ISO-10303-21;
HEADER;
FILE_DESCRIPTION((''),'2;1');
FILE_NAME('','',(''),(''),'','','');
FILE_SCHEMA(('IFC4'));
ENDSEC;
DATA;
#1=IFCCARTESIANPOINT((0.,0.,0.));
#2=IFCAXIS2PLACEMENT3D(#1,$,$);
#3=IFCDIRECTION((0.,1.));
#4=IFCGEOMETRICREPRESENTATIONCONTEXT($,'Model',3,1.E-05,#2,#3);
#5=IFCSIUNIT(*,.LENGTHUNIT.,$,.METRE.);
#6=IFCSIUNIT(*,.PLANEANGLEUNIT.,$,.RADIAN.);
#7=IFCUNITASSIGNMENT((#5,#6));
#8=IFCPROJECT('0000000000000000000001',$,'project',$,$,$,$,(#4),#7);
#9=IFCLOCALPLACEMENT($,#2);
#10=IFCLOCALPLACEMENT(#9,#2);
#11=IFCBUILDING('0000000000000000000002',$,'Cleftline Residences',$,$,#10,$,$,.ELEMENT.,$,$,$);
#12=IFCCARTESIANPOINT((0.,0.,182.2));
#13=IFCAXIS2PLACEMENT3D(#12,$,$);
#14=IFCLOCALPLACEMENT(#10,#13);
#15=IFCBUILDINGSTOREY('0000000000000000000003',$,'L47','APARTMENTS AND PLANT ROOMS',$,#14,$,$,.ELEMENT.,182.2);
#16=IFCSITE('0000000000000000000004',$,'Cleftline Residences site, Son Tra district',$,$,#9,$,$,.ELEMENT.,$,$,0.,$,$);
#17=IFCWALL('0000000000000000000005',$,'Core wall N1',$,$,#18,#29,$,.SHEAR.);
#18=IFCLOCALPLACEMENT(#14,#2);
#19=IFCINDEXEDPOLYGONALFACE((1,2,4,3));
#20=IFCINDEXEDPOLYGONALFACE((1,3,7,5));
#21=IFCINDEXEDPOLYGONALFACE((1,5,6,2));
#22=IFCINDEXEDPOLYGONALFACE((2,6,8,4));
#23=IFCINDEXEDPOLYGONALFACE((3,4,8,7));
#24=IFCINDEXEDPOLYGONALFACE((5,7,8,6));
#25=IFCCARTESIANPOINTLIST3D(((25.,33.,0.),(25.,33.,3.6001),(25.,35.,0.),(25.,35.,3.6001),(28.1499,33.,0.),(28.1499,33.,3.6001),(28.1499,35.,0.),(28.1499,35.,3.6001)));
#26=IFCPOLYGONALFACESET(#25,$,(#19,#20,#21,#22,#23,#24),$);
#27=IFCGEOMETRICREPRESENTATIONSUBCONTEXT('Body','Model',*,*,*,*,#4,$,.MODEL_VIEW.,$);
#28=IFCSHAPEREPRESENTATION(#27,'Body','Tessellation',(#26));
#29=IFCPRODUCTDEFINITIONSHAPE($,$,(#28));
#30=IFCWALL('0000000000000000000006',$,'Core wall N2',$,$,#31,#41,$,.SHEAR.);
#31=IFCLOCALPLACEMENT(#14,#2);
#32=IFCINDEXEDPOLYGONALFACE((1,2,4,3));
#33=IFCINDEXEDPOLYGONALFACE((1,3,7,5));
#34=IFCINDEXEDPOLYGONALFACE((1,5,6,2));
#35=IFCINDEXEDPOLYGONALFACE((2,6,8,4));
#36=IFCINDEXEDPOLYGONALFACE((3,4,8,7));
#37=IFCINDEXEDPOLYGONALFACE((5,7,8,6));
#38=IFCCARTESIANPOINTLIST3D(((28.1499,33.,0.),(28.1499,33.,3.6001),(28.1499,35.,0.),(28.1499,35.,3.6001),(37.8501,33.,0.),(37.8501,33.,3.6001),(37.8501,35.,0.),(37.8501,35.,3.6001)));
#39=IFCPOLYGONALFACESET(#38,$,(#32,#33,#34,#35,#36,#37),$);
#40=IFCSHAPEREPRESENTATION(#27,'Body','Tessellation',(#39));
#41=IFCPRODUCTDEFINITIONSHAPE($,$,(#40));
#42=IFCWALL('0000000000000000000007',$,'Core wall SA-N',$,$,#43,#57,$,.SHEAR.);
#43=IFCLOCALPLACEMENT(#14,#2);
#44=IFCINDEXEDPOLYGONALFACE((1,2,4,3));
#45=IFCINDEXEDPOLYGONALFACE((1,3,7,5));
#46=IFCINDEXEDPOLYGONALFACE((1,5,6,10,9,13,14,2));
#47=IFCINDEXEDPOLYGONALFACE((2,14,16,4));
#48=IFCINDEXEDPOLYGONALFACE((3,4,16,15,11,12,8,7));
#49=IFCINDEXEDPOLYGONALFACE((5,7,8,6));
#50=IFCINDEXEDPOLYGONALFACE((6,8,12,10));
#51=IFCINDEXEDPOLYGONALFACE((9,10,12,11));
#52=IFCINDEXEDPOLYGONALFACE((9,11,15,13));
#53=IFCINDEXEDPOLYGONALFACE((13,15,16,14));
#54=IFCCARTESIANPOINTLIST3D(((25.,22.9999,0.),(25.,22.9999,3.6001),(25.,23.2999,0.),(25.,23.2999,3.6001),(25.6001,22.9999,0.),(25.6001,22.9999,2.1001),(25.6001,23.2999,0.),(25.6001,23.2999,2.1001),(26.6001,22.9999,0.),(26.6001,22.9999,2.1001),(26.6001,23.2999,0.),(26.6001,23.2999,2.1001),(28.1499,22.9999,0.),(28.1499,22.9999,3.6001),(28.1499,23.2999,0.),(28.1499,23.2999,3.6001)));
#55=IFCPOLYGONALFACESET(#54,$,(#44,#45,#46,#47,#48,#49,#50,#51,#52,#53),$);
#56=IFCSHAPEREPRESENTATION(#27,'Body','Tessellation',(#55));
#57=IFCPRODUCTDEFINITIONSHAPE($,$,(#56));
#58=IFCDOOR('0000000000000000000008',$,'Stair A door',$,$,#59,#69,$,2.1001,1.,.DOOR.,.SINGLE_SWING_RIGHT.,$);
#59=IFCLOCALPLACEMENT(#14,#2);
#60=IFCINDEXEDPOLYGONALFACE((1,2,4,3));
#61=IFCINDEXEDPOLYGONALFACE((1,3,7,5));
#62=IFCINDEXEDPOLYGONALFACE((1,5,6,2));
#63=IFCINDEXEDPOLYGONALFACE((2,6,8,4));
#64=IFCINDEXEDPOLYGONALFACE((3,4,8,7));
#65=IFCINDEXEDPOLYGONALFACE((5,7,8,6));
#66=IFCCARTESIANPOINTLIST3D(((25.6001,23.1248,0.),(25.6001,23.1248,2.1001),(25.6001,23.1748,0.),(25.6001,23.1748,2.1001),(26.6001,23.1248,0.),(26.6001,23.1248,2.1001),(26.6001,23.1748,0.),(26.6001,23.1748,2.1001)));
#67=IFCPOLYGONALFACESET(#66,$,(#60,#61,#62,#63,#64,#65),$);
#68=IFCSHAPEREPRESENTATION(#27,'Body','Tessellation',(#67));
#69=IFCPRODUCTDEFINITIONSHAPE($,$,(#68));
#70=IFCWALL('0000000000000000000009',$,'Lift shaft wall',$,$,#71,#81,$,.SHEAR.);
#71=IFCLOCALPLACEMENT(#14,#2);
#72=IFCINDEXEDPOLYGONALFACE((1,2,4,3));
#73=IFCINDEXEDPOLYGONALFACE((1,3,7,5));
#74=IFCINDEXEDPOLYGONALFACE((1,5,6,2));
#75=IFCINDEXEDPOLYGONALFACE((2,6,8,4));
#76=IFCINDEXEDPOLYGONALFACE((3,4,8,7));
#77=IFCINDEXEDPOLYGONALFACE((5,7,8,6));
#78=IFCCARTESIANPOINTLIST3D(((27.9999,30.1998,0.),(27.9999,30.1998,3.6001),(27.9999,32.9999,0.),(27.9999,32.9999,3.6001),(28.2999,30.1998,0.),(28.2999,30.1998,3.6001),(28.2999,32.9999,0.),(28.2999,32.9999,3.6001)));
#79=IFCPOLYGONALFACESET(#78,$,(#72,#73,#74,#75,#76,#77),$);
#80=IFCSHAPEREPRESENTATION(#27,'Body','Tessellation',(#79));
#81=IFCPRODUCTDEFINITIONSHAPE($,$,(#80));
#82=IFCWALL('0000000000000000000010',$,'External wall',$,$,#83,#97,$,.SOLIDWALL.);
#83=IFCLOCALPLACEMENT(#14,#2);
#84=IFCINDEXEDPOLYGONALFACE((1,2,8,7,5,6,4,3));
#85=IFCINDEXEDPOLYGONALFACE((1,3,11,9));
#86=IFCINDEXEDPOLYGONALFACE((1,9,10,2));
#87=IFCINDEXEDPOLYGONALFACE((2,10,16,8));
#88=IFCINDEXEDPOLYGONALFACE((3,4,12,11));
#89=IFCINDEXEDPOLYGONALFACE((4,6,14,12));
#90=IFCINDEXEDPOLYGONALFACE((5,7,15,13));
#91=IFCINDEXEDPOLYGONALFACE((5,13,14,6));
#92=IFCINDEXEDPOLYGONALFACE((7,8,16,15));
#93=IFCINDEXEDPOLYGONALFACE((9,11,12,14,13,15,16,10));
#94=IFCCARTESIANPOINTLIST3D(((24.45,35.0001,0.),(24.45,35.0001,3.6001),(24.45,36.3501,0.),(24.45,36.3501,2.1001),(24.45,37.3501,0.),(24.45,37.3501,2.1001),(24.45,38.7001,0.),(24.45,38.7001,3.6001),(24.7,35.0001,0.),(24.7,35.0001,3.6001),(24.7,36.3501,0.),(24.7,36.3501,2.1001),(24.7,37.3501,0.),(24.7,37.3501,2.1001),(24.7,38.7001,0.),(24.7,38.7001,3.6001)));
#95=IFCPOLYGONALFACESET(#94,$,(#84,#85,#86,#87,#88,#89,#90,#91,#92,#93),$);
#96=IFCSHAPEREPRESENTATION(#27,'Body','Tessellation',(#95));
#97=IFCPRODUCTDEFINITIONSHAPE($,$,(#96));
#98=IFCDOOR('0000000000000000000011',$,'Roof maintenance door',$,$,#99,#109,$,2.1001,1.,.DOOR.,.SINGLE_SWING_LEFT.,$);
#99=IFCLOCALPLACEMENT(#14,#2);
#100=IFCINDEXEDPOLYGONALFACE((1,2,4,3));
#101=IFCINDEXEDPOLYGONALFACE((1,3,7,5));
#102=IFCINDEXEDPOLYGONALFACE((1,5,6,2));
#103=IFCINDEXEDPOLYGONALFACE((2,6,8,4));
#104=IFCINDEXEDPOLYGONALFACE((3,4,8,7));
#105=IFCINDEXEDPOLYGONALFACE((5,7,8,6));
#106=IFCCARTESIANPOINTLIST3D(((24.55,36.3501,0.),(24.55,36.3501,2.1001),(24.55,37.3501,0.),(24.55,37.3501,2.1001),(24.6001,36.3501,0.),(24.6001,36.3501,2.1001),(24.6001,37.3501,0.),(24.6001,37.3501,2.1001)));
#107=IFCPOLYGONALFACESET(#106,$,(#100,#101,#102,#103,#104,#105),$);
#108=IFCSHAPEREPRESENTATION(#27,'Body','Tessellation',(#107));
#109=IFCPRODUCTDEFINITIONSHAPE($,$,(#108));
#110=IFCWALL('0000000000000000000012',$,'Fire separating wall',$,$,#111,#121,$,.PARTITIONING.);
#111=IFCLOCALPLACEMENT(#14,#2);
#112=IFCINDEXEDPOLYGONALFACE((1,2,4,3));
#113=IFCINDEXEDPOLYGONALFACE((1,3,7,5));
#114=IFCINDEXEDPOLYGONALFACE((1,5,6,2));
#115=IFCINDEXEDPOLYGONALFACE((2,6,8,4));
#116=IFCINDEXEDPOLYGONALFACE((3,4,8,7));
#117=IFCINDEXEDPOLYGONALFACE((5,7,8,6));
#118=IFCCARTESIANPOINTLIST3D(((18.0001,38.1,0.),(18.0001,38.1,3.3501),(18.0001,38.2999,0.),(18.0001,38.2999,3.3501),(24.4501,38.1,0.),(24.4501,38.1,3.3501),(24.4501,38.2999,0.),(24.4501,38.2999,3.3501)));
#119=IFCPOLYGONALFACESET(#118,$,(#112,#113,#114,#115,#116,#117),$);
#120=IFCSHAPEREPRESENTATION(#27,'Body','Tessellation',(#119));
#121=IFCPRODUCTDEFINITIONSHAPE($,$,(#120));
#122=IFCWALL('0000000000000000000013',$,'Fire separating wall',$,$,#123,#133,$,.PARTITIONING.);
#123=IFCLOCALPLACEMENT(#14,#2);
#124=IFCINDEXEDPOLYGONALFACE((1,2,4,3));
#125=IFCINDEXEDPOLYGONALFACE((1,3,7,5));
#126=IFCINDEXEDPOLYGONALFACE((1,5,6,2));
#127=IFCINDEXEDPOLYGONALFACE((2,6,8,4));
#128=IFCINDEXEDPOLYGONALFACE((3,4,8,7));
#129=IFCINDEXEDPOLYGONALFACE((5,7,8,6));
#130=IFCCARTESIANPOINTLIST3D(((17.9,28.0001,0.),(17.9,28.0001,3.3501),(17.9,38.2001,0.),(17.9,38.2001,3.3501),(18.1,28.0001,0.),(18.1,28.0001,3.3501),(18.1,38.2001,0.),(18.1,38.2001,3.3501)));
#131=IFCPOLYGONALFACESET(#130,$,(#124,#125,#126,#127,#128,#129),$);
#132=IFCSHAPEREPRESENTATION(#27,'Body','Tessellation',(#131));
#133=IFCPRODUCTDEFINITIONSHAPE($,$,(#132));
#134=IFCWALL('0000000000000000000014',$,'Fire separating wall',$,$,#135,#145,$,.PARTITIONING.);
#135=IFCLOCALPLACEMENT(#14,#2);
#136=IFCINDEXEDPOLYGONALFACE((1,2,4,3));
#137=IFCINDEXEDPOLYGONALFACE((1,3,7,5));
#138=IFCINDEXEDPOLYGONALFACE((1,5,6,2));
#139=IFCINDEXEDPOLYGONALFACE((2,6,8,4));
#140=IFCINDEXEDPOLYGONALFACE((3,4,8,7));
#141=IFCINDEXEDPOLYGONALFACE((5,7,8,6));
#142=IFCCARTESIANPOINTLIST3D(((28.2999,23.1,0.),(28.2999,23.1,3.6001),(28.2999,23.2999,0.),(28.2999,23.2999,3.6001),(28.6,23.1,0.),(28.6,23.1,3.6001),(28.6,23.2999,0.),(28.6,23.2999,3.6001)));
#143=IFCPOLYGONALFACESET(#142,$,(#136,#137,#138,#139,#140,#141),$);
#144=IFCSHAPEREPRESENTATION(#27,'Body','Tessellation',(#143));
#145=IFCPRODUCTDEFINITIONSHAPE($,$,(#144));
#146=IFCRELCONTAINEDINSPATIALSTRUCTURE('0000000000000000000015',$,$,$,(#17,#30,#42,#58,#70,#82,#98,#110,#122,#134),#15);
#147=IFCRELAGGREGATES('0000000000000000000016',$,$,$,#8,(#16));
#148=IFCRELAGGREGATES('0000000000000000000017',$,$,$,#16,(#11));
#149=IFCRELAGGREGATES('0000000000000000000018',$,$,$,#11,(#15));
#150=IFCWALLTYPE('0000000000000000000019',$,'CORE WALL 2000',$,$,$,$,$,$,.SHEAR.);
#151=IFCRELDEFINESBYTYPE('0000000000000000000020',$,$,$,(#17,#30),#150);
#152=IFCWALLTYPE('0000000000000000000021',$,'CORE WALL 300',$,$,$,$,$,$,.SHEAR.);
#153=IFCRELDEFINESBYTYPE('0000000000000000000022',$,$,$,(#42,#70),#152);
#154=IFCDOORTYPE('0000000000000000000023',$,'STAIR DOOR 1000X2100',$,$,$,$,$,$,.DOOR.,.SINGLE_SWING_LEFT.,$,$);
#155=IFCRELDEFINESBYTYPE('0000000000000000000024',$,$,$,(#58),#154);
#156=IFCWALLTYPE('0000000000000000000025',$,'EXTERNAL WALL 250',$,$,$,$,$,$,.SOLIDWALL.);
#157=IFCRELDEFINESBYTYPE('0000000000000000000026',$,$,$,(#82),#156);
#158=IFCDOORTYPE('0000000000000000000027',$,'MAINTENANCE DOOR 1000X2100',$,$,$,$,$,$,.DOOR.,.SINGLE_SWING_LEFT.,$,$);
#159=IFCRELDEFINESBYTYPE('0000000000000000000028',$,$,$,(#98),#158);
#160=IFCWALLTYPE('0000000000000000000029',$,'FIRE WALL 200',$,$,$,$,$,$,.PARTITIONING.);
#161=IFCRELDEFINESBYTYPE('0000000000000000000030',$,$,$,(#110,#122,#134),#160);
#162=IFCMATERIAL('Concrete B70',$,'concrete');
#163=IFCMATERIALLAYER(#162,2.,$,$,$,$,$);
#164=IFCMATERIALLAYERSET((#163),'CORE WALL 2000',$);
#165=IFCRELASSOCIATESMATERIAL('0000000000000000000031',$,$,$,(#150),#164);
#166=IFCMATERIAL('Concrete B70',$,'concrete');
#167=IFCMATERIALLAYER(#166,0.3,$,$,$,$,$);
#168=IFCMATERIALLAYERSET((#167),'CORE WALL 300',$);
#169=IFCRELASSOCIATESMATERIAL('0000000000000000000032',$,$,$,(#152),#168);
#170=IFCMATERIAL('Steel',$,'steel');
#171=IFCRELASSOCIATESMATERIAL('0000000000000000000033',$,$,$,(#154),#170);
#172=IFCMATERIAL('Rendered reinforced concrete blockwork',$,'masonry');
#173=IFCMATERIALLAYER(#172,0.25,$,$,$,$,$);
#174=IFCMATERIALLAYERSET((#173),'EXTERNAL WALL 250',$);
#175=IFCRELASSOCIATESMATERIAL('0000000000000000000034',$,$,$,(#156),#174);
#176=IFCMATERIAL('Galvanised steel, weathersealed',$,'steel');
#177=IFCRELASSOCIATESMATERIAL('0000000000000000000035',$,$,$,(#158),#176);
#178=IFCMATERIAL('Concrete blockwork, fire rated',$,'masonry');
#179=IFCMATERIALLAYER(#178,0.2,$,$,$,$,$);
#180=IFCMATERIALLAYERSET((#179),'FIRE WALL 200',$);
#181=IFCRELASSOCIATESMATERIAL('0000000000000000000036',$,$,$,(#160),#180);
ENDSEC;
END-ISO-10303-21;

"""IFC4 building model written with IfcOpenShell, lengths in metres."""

from ifc_helpers import new_model, si_unit, direction, frame, frame_2d, origin, place, context, subcontext, project, spatial, rectangle, extrude, material, layer, layer_set, type_object, element, fill, save


model = new_model("IFC4")

# Units and contexts
model_context = context("Model", 3, precision=1e-05, world=origin(), true_north=direction((0.0, 1.0)))
body_context = subcontext(model_context, "Body", "Model", "MODEL_VIEW")
ifc_project = project(units=[si_unit("LENGTHUNIT", "METRE"), si_unit("PLANEANGLEUNIT", "RADIAN")], contexts=[model_context])

# Site, building, storey
site_placement = place(None, origin())
site = spatial("IfcSite", under=ifc_project, at=site_placement, Name="Cleftline Residences site, Son Tra district", CompositionType="ELEMENT", RefElevation=0.0)
building_placement = place(site_placement, origin())
building = spatial("IfcBuilding", under=site, at=building_placement, Name="Cleftline Residences", CompositionType="ELEMENT")
storey_placement = place(building_placement, frame((0.0, 0.0, 182.2)))
storey = spatial("IfcBuildingStorey", under=building, at=storey_placement, Name="L47", Description="APARTMENTS AND PLANT ROOMS", CompositionType="ELEMENT", Elevation=182.2)

# Walls
ifc_material_1 = material(Name="Concrete B70", Category="concrete")
ifc_layer_1 = layer(ifc_material_1, 2.0)
ifc_layer_set_1 = layer_set([ifc_layer_1], Name="CORE WALL 2000")
wall_type_1 = type_object("IfcWallType", Name="CORE WALL 2000", PredefinedType="SHEAR", material=ifc_layer_set_1)
wall_1_placement = place(storey_placement, frame((25.0, 34.0, 0.0), z_axis=(0.0, 0.0, 1.0), x_axis=(1.0, 0.0, 0.0)))
element("IfcWall", 1, at=wall_1_placement, inside=storey, type_object=wall_type_1, Name="Core wall N1", PredefinedType="SHEAR", context=body_context, shape_type="SweptSolid", body=[
    extrude(rectangle(XDim=3.1499, YDim=2.0, at=frame_2d((1.575, 0.0))), origin(), (0.0, 0.0, 1.0), 3.6001),
])
wall_2_placement = place(storey_placement, frame((28.1499, 34.0, 0.0), z_axis=(0.0, 0.0, 1.0), x_axis=(1.0, 0.0, 0.0)))
element("IfcWall", 2, at=wall_2_placement, inside=storey, type_object=wall_type_1, Name="Core wall N2", PredefinedType="SHEAR", context=body_context, shape_type="SweptSolid", body=[
    extrude(rectangle(XDim=9.7002, YDim=2.0, at=frame_2d((4.8501, 0.0))), origin(), (0.0, 0.0, 1.0), 3.6001),
])

# Wall, opening, door
ifc_material_2 = material(Name="Concrete B70", Category="concrete")
ifc_layer_2 = layer(ifc_material_2, 0.3)
ifc_layer_set_2 = layer_set([ifc_layer_2], Name="CORE WALL 300")
wall_type_2 = type_object("IfcWallType", Name="CORE WALL 300", PredefinedType="SHEAR", material=ifc_layer_set_2)
wall_3_placement = place(storey_placement, frame((25.0, 23.1499, 0.0), z_axis=(0.0, 0.0, 1.0), x_axis=(1.0, 0.0, 0.0)))
wall_3 = element("IfcWall", 3, at=wall_3_placement, inside=storey, type_object=wall_type_2, Name="Core wall SA-N", PredefinedType="SHEAR", context=body_context, shape_type="SweptSolid", body=[
    extrude(rectangle(XDim=3.1499, YDim=0.3, at=frame_2d((1.575, 0.0))), origin(), (0.0, 0.0, 1.0), 3.6001),
])
opening_1_placement = place(wall_3_placement, frame((0.6001, 0.0, 0.0)))
opening_1 = element("IfcOpeningElement", 4, at=opening_1_placement, cuts=wall_3, PredefinedType="OPENING", context=body_context, shape_type="SweptSolid", body=[
    extrude(rectangle(XDim=1.0, YDim=2.1001, at=frame_2d((0.5, 1.05))), frame((0.0, 0.1599, 0.0), z_axis=(0.0, -1.0, 0.0), x_axis=(1.0, 0.0, 0.0)), (0.0, 0.0, 1.0), 0.3201),
])
ifc_material_3 = material(Name="Steel", Category="steel")
door_type_1 = type_object("IfcDoorType", Name="STAIR DOOR 1000X2100", OperationType="SINGLE_SWING_LEFT", PredefinedType="DOOR", material=ifc_material_3)
door_1_placement = place(opening_1_placement, origin())
door_1 = element("IfcDoor", 5, at=door_1_placement, inside=storey, type_object=door_type_1, Name="Stair A door", OperationType="SINGLE_SWING_RIGHT", OverallHeight=2.1001, OverallWidth=1.0, PredefinedType="DOOR", context=body_context, shape_type="SweptSolid", body=[
    extrude(rectangle(XDim=1.0, YDim=2.1001, at=frame_2d((0.5, 1.05))), frame((0.0, 0.0249, 0.0), z_axis=(0.0, -1.0, 0.0), x_axis=(1.0, 0.0, 0.0)), (0.0, 0.0, 1.0), 0.05),
])
fill(opening_1, door_1)

# Wall
wall_4_placement = place(storey_placement, frame((28.1499, 30.2, 0.0), z_axis=(0.0, 0.0, 1.0), x_axis=(0.0, 1.0, 0.0)))
element("IfcWall", 6, at=wall_4_placement, inside=storey, type_object=wall_type_2, Name="Lift shaft wall", PredefinedType="SHEAR", context=body_context, shape_type="SweptSolid", body=[
    extrude(rectangle(XDim=2.8, YDim=0.3, at=frame_2d((1.3999, 0.0))), origin(), (0.0, 0.0, 1.0), 3.6001),
])

# Wall, opening, door
ifc_material_4 = material(Name="Rendered reinforced concrete blockwork", Category="masonry")
ifc_layer_3 = layer(ifc_material_4, 0.25)
ifc_layer_set_3 = layer_set([ifc_layer_3], Name="EXTERNAL WALL 250")
wall_type_3 = type_object("IfcWallType", Name="EXTERNAL WALL 250", PredefinedType="SOLIDWALL", material=ifc_layer_set_3)
wall_5_placement = place(storey_placement, frame((24.575, 35.0, 0.0), z_axis=(0.0, 0.0, 1.0), x_axis=(0.0, 1.0, 0.0)))
wall_5 = element("IfcWall", 7, at=wall_5_placement, inside=storey, type_object=wall_type_3, Name="External wall", PredefinedType="SOLIDWALL", context=body_context, shape_type="SweptSolid", body=[
    extrude(rectangle(XDim=3.7, YDim=0.25, at=frame_2d((1.8501, 0.0))), origin(), (0.0, 0.0, 1.0), 3.6001),
])
opening_2_placement = place(wall_5_placement, frame((1.3501, 0.0, 0.0)))
opening_2 = element("IfcOpeningElement", 8, at=opening_2_placement, cuts=wall_5, PredefinedType="OPENING", context=body_context, shape_type="SweptSolid", body=[
    extrude(rectangle(XDim=1.0, YDim=2.1001, at=frame_2d((0.5, 1.05))), frame((0.0, 0.135, 0.0), z_axis=(0.0, -1.0, 0.0), x_axis=(1.0, 0.0, 0.0)), (0.0, 0.0, 1.0), 0.27),
])
ifc_material_5 = material(Name="Galvanised steel, weathersealed", Category="steel")
door_type_2 = type_object("IfcDoorType", Name="MAINTENANCE DOOR 1000X2100", OperationType="SINGLE_SWING_LEFT", PredefinedType="DOOR", material=ifc_material_5)
door_2_placement = place(opening_2_placement, origin())
door_2 = element("IfcDoor", 9, at=door_2_placement, inside=storey, type_object=door_type_2, Name="Roof maintenance door", OperationType="SINGLE_SWING_LEFT", OverallHeight=2.1001, OverallWidth=1.0, PredefinedType="DOOR", context=body_context, shape_type="SweptSolid", body=[
    extrude(rectangle(XDim=1.0, YDim=2.1001, at=frame_2d((0.5, 1.05))), frame((0.0, 0.0249, 0.0), z_axis=(0.0, -1.0, 0.0), x_axis=(1.0, 0.0, 0.0)), (0.0, 0.0, 1.0), 0.05),
])
fill(opening_2, door_2)

# Walls
ifc_material_6 = material(Name="Concrete blockwork, fire rated", Category="masonry")
ifc_layer_4 = layer(ifc_material_6, 0.2)
ifc_layer_set_4 = layer_set([ifc_layer_4], Name="FIRE WALL 200")
wall_type_4 = type_object("IfcWallType", Name="FIRE WALL 200", PredefinedType="PARTITIONING", material=ifc_layer_set_4)
wall_6_placement = place(storey_placement, frame((18.0, 38.2, 0.0), z_axis=(0.0, 0.0, 1.0), x_axis=(1.0, 0.0, 0.0)))
element("IfcWall", 10, at=wall_6_placement, inside=storey, type_object=wall_type_4, Name="Fire separating wall", PredefinedType="PARTITIONING", context=body_context, shape_type="SweptSolid", body=[
    extrude(rectangle(XDim=6.45, YDim=0.2, at=frame_2d((3.2251, 0.0))), origin(), (0.0, 0.0, 1.0), 3.3501),
])
wall_7_placement = place(storey_placement, frame((18.0, 28.0, 0.0), z_axis=(0.0, 0.0, 1.0), x_axis=(0.0, 1.0, 0.0)))
element("IfcWall", 11, at=wall_7_placement, inside=storey, type_object=wall_type_4, Name="Fire separating wall", PredefinedType="PARTITIONING", context=body_context, shape_type="SweptSolid", body=[
    extrude(rectangle(XDim=10.2, YDim=0.2, at=frame_2d((5.1001, 0.0))), origin(), (0.0, 0.0, 1.0), 3.3501),
])
wall_8_placement = place(storey_placement, frame((28.3, 23.2, 0.0), z_axis=(0.0, 0.0, 1.0), x_axis=(1.0, 0.0, 0.0)))
element("IfcWall", 12, at=wall_8_placement, inside=storey, type_object=wall_type_4, Name="Fire separating wall", PredefinedType="PARTITIONING", context=body_context, shape_type="SweptSolid", body=[
    extrude(rectangle(XDim=0.3, YDim=0.2, at=frame_2d((0.1499, 0.0))), origin(), (0.0, 0.0, 1.0), 3.6001),
])

save(model, "model.ifc")
